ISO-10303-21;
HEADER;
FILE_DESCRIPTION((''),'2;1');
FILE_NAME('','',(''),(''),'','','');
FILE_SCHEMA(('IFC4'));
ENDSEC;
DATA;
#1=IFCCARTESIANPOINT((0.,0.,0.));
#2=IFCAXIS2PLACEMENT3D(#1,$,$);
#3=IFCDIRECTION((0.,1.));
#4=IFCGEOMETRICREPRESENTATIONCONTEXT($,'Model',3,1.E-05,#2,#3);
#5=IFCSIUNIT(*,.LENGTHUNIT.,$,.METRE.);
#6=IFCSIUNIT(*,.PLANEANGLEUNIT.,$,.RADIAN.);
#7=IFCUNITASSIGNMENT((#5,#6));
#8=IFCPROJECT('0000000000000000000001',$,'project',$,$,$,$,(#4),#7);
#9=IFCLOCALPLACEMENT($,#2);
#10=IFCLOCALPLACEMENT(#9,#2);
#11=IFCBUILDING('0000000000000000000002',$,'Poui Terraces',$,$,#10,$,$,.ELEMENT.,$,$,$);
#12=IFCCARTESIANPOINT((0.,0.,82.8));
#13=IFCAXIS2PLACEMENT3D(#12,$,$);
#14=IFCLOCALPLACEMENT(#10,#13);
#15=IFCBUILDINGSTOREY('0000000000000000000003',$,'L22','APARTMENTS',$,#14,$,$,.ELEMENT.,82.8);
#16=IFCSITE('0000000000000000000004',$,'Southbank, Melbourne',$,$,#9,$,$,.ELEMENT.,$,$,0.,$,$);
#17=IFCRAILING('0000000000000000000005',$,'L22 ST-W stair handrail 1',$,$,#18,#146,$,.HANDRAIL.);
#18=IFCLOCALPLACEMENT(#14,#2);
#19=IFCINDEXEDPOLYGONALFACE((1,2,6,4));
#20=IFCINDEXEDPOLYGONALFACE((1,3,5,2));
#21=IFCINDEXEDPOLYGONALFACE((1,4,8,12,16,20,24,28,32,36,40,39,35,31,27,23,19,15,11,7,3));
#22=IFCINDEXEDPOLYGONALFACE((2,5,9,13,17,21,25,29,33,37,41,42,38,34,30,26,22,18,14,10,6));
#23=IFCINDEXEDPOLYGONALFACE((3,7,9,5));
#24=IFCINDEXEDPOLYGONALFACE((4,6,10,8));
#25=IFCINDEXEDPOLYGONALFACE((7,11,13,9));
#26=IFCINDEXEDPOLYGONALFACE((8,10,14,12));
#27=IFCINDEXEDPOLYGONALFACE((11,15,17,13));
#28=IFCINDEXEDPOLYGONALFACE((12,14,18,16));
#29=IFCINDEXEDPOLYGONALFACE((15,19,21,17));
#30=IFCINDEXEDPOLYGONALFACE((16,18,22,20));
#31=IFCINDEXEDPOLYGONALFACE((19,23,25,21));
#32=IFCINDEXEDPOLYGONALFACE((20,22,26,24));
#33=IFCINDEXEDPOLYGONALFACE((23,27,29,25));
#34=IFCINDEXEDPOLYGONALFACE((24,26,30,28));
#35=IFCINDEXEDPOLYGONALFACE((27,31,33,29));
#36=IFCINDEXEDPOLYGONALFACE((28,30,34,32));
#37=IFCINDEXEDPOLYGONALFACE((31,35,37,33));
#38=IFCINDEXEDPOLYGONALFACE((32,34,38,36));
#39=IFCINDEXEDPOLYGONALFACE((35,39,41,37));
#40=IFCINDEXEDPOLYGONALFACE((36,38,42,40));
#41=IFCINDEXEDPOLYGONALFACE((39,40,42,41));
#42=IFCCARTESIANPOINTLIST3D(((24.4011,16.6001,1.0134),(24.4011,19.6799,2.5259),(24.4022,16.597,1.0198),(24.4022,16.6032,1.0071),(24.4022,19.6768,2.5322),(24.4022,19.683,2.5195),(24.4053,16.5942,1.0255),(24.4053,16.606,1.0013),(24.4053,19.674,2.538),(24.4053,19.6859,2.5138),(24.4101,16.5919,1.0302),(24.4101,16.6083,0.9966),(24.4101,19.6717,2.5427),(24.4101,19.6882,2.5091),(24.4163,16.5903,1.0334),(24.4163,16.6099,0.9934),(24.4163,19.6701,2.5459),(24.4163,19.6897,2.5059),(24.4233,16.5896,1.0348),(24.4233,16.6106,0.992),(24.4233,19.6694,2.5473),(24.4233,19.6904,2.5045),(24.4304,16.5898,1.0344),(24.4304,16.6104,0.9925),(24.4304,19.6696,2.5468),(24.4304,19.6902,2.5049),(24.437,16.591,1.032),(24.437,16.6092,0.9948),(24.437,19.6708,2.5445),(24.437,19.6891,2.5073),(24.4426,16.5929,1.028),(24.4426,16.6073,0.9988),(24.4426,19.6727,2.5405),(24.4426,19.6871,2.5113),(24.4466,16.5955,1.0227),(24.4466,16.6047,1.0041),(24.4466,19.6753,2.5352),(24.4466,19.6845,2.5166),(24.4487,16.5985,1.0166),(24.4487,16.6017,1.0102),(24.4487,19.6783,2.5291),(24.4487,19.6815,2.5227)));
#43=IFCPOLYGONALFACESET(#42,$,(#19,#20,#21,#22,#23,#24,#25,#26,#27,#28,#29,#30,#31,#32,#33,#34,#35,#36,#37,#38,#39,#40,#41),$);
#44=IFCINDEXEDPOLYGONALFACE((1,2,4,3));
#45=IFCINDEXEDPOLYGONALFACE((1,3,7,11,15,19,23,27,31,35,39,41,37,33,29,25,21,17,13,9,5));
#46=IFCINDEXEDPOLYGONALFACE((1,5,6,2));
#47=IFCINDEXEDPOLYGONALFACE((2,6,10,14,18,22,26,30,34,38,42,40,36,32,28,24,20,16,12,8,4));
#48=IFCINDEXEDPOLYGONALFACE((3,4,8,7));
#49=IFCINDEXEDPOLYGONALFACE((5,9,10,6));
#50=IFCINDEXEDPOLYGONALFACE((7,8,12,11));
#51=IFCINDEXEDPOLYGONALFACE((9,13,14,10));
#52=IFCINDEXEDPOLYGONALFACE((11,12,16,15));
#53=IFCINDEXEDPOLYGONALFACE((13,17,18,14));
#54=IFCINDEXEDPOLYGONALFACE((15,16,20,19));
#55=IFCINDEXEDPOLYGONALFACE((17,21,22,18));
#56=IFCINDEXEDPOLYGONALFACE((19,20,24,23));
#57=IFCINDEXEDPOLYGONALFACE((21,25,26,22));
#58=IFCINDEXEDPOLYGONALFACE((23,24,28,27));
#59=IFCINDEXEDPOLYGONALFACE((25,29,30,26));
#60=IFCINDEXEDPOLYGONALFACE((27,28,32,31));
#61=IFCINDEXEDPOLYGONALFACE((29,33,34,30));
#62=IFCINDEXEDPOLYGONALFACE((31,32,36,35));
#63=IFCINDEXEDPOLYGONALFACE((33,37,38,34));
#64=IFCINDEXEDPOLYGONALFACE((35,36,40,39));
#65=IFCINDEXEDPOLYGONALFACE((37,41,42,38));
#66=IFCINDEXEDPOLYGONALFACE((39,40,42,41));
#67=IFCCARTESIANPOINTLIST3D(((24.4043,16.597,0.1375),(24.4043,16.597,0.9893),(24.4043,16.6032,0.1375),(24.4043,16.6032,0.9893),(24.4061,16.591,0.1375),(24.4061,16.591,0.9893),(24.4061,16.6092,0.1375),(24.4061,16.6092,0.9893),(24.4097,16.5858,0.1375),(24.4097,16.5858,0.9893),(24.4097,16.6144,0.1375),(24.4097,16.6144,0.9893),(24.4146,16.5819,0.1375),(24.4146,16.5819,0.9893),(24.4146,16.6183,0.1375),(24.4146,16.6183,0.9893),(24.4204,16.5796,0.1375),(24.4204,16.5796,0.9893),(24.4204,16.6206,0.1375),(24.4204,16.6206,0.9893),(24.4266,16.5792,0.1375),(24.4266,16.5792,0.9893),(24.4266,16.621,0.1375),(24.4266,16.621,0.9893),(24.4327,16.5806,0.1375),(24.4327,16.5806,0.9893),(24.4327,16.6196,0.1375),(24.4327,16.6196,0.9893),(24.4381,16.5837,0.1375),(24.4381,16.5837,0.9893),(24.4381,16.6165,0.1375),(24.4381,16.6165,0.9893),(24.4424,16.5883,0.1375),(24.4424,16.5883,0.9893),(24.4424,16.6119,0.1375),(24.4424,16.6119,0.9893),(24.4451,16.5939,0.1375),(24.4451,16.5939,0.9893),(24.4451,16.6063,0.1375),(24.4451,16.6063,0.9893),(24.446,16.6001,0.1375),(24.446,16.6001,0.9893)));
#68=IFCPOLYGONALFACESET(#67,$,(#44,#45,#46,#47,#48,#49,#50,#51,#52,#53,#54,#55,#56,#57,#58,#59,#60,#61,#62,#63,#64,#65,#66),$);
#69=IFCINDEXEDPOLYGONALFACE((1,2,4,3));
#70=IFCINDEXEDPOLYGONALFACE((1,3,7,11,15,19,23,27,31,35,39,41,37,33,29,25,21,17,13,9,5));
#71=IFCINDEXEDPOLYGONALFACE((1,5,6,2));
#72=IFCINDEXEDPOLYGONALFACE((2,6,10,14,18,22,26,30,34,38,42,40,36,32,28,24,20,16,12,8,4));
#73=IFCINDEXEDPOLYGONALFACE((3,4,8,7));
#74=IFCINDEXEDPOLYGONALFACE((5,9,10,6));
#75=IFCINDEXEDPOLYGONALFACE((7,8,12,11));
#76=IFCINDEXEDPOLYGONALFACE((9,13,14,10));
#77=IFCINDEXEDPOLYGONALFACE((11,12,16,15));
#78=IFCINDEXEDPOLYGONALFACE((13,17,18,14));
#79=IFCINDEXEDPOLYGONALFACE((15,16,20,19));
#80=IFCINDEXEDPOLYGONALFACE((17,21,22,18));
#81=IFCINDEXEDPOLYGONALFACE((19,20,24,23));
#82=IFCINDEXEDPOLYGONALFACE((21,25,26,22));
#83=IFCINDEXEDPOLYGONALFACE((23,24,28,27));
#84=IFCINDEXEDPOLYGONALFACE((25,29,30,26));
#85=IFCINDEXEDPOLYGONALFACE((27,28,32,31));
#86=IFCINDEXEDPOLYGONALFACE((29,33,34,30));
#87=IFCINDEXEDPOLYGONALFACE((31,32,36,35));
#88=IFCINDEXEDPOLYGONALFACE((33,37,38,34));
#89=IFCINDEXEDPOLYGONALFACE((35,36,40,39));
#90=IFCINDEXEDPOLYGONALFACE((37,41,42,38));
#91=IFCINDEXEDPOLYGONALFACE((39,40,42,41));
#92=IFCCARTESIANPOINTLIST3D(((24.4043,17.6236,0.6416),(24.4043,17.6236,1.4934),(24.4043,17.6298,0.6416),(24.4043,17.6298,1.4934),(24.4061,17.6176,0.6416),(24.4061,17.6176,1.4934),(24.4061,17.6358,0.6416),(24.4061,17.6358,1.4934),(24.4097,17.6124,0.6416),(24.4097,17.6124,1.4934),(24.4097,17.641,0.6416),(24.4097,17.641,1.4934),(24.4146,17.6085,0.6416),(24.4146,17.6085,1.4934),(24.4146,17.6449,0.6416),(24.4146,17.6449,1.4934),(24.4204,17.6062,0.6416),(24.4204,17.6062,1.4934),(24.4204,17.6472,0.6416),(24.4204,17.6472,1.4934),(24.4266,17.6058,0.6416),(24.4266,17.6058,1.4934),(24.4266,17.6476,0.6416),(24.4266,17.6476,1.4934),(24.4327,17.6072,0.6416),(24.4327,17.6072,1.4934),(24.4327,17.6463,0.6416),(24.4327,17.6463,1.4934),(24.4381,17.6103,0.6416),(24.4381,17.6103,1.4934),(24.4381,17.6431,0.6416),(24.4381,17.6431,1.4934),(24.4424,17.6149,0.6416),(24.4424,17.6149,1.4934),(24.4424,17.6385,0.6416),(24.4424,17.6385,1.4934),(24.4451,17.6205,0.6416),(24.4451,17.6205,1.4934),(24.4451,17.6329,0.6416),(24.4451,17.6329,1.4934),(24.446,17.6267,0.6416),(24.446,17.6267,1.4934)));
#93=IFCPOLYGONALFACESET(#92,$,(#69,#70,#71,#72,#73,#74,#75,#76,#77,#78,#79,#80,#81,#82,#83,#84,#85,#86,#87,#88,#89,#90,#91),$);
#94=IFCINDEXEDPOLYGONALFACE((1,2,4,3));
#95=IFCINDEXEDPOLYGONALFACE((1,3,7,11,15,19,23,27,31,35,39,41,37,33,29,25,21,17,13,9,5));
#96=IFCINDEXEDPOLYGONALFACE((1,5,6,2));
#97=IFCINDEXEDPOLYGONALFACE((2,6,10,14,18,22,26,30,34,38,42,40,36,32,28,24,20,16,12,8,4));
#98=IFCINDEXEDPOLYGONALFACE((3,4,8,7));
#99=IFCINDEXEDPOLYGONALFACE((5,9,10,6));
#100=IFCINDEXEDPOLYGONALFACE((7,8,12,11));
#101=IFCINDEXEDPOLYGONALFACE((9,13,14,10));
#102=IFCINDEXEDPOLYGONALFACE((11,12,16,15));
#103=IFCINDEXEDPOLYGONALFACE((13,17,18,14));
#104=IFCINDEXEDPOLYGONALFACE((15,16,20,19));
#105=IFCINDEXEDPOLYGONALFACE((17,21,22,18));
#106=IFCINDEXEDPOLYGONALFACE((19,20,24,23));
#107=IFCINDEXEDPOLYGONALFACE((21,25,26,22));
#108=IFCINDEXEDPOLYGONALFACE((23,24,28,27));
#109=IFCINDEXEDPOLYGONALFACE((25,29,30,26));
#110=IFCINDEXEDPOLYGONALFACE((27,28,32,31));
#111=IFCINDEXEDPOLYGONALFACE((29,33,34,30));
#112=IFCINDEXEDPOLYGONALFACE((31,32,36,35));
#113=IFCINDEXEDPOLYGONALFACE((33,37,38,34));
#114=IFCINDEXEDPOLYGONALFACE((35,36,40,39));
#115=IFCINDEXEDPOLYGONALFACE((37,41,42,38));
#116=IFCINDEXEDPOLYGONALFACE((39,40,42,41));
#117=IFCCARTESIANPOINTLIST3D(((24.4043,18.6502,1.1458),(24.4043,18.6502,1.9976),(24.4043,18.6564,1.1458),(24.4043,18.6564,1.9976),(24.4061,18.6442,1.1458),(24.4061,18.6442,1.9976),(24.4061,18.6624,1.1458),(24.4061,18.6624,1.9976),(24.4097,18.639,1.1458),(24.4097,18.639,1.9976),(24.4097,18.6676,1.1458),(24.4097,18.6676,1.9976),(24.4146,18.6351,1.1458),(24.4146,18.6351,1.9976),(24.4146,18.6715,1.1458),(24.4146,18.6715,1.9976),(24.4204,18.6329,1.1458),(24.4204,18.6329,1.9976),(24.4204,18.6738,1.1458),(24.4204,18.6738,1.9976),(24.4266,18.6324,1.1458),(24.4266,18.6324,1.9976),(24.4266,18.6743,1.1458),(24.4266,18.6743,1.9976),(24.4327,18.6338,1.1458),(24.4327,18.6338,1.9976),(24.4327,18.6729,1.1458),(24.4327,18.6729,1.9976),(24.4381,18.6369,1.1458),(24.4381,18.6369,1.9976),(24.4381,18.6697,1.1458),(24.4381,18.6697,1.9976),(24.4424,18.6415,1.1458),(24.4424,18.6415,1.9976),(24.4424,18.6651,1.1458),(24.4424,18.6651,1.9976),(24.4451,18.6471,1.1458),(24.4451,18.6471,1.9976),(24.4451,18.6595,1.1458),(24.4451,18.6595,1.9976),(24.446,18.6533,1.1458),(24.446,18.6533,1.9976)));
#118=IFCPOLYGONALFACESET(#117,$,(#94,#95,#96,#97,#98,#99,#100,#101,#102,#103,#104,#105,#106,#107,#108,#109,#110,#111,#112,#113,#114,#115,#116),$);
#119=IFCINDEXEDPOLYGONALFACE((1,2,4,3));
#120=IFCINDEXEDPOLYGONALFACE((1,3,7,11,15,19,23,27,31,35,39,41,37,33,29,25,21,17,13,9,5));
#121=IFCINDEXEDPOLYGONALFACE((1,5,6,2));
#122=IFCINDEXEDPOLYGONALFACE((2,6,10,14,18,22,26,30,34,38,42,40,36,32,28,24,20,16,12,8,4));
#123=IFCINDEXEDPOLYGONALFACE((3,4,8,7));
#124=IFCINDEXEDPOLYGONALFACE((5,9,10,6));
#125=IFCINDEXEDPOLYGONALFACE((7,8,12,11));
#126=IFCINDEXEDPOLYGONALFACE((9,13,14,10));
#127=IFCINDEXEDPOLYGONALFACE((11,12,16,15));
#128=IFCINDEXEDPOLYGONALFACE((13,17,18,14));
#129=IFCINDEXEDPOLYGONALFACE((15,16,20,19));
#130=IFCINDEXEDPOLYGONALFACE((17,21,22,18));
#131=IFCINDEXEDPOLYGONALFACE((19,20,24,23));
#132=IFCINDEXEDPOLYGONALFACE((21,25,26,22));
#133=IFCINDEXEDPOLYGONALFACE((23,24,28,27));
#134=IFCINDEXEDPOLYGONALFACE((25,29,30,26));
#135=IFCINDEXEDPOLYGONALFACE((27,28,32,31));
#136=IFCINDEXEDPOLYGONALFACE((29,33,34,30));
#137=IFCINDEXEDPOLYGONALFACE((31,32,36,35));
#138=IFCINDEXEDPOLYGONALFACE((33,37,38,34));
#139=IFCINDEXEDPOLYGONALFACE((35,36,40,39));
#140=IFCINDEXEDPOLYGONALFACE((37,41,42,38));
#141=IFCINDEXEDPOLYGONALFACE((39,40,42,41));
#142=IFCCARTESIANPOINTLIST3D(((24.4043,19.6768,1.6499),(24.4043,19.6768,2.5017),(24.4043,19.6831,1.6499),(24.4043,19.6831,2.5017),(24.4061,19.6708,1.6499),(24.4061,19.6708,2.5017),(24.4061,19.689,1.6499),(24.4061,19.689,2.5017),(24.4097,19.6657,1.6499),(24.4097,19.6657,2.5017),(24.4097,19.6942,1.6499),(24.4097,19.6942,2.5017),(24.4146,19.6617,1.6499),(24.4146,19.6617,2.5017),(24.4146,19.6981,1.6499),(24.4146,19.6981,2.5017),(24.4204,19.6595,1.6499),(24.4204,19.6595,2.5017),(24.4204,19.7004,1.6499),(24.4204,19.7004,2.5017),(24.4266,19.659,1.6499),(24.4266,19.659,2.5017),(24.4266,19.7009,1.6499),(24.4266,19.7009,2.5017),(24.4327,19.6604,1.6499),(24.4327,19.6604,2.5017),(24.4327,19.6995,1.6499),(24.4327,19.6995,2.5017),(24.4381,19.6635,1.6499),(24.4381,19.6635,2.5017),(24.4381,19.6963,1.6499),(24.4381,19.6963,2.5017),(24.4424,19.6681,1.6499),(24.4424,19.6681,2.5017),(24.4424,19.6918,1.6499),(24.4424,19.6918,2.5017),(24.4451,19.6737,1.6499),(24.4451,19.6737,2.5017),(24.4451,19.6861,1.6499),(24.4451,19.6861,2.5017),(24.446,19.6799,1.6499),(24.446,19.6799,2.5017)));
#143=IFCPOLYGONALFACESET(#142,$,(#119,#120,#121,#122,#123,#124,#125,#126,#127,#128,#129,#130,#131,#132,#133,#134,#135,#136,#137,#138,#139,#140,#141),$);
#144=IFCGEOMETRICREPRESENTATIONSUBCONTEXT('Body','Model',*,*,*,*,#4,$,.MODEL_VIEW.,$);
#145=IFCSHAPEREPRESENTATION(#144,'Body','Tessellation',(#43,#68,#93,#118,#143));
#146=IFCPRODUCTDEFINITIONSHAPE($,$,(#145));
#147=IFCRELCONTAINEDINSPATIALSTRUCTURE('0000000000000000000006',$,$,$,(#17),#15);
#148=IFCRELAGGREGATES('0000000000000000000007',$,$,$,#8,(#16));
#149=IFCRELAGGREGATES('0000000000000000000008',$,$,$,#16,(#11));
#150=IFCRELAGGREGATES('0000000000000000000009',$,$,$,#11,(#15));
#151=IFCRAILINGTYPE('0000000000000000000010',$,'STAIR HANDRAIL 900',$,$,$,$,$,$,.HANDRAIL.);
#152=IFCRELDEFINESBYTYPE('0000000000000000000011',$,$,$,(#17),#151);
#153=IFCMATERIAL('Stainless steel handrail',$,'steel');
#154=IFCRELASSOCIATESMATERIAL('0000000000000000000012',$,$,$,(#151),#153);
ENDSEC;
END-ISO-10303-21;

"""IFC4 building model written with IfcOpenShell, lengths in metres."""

from ifc_helpers import new_model, si_unit, direction, frame, origin, origin_2d, place, context, subcontext, project, spatial, circle, extrude, material, type_object, element, save


model = new_model("IFC4")

# Units and contexts
model_context = context("Model", 3, precision=1e-05, world=origin(), true_north=direction((0.0, 1.0)))
body_context = subcontext(model_context, "Body", "Model", "MODEL_VIEW")
ifc_project = project(units=[si_unit("LENGTHUNIT", "METRE"), si_unit("PLANEANGLEUNIT", "RADIAN")], contexts=[model_context])

# Site, building, storey
site_placement = place(None, origin())
site = spatial("IfcSite", under=ifc_project, at=site_placement, Name="Southbank, Melbourne", CompositionType="ELEMENT", RefElevation=0.0)
building_placement = place(site_placement, origin())
building = spatial("IfcBuilding", under=site, at=building_placement, Name="Poui Terraces", CompositionType="ELEMENT")
storey_placement = place(building_placement, frame((0.0, 0.0, 82.8)))
storey = spatial("IfcBuildingStorey", under=building, at=storey_placement, Name="L22", Description="APARTMENTS", CompositionType="ELEMENT", Elevation=82.8)

# Railing
ifc_material_1 = material(Name="Stainless steel handrail", Category="steel")
railing_type_1 = type_object("IfcRailingType", Name="STAIR HANDRAIL 900", PredefinedType="HANDRAIL", material=ifc_material_1)
railing_1_placement = place(storey_placement, frame((24.425, 16.6001, 0.1375)))
element("IfcRailing", 1, at=railing_1_placement, inside=storey, type_object=railing_type_1, Name="L22 ST-W stair handrail 1", PredefinedType="HANDRAIL", context=body_context, shape_type="SweptSolid", body=[
    extrude(circle(Radius=0.0239, at=origin_2d()), frame((0.0, 0.0, 0.876), z_axis=(0.0, 0.897606, 0.440798), x_axis=(-1.0, 0.0, 0.0)), (0.0, 0.0, 1.0), 3.4312),
    extrude(circle(Radius=0.021, at=origin_2d()), origin(), (0.0, 0.0, 1.0), 0.8518),
    extrude(circle(Radius=0.021, at=origin_2d()), frame((0.0, 1.0266, 0.5042)), (0.0, 0.0, 1.0), 0.8518),
    extrude(circle(Radius=0.021, at=origin_2d()), frame((0.0, 2.0532, 1.0083)), (0.0, 0.0, 1.0), 0.8518),
    extrude(circle(Radius=0.021, at=origin_2d()), frame((0.0, 3.0798, 1.5125)), (0.0, 0.0, 1.0), 0.8518),
])

save(model, "model.ifc")
